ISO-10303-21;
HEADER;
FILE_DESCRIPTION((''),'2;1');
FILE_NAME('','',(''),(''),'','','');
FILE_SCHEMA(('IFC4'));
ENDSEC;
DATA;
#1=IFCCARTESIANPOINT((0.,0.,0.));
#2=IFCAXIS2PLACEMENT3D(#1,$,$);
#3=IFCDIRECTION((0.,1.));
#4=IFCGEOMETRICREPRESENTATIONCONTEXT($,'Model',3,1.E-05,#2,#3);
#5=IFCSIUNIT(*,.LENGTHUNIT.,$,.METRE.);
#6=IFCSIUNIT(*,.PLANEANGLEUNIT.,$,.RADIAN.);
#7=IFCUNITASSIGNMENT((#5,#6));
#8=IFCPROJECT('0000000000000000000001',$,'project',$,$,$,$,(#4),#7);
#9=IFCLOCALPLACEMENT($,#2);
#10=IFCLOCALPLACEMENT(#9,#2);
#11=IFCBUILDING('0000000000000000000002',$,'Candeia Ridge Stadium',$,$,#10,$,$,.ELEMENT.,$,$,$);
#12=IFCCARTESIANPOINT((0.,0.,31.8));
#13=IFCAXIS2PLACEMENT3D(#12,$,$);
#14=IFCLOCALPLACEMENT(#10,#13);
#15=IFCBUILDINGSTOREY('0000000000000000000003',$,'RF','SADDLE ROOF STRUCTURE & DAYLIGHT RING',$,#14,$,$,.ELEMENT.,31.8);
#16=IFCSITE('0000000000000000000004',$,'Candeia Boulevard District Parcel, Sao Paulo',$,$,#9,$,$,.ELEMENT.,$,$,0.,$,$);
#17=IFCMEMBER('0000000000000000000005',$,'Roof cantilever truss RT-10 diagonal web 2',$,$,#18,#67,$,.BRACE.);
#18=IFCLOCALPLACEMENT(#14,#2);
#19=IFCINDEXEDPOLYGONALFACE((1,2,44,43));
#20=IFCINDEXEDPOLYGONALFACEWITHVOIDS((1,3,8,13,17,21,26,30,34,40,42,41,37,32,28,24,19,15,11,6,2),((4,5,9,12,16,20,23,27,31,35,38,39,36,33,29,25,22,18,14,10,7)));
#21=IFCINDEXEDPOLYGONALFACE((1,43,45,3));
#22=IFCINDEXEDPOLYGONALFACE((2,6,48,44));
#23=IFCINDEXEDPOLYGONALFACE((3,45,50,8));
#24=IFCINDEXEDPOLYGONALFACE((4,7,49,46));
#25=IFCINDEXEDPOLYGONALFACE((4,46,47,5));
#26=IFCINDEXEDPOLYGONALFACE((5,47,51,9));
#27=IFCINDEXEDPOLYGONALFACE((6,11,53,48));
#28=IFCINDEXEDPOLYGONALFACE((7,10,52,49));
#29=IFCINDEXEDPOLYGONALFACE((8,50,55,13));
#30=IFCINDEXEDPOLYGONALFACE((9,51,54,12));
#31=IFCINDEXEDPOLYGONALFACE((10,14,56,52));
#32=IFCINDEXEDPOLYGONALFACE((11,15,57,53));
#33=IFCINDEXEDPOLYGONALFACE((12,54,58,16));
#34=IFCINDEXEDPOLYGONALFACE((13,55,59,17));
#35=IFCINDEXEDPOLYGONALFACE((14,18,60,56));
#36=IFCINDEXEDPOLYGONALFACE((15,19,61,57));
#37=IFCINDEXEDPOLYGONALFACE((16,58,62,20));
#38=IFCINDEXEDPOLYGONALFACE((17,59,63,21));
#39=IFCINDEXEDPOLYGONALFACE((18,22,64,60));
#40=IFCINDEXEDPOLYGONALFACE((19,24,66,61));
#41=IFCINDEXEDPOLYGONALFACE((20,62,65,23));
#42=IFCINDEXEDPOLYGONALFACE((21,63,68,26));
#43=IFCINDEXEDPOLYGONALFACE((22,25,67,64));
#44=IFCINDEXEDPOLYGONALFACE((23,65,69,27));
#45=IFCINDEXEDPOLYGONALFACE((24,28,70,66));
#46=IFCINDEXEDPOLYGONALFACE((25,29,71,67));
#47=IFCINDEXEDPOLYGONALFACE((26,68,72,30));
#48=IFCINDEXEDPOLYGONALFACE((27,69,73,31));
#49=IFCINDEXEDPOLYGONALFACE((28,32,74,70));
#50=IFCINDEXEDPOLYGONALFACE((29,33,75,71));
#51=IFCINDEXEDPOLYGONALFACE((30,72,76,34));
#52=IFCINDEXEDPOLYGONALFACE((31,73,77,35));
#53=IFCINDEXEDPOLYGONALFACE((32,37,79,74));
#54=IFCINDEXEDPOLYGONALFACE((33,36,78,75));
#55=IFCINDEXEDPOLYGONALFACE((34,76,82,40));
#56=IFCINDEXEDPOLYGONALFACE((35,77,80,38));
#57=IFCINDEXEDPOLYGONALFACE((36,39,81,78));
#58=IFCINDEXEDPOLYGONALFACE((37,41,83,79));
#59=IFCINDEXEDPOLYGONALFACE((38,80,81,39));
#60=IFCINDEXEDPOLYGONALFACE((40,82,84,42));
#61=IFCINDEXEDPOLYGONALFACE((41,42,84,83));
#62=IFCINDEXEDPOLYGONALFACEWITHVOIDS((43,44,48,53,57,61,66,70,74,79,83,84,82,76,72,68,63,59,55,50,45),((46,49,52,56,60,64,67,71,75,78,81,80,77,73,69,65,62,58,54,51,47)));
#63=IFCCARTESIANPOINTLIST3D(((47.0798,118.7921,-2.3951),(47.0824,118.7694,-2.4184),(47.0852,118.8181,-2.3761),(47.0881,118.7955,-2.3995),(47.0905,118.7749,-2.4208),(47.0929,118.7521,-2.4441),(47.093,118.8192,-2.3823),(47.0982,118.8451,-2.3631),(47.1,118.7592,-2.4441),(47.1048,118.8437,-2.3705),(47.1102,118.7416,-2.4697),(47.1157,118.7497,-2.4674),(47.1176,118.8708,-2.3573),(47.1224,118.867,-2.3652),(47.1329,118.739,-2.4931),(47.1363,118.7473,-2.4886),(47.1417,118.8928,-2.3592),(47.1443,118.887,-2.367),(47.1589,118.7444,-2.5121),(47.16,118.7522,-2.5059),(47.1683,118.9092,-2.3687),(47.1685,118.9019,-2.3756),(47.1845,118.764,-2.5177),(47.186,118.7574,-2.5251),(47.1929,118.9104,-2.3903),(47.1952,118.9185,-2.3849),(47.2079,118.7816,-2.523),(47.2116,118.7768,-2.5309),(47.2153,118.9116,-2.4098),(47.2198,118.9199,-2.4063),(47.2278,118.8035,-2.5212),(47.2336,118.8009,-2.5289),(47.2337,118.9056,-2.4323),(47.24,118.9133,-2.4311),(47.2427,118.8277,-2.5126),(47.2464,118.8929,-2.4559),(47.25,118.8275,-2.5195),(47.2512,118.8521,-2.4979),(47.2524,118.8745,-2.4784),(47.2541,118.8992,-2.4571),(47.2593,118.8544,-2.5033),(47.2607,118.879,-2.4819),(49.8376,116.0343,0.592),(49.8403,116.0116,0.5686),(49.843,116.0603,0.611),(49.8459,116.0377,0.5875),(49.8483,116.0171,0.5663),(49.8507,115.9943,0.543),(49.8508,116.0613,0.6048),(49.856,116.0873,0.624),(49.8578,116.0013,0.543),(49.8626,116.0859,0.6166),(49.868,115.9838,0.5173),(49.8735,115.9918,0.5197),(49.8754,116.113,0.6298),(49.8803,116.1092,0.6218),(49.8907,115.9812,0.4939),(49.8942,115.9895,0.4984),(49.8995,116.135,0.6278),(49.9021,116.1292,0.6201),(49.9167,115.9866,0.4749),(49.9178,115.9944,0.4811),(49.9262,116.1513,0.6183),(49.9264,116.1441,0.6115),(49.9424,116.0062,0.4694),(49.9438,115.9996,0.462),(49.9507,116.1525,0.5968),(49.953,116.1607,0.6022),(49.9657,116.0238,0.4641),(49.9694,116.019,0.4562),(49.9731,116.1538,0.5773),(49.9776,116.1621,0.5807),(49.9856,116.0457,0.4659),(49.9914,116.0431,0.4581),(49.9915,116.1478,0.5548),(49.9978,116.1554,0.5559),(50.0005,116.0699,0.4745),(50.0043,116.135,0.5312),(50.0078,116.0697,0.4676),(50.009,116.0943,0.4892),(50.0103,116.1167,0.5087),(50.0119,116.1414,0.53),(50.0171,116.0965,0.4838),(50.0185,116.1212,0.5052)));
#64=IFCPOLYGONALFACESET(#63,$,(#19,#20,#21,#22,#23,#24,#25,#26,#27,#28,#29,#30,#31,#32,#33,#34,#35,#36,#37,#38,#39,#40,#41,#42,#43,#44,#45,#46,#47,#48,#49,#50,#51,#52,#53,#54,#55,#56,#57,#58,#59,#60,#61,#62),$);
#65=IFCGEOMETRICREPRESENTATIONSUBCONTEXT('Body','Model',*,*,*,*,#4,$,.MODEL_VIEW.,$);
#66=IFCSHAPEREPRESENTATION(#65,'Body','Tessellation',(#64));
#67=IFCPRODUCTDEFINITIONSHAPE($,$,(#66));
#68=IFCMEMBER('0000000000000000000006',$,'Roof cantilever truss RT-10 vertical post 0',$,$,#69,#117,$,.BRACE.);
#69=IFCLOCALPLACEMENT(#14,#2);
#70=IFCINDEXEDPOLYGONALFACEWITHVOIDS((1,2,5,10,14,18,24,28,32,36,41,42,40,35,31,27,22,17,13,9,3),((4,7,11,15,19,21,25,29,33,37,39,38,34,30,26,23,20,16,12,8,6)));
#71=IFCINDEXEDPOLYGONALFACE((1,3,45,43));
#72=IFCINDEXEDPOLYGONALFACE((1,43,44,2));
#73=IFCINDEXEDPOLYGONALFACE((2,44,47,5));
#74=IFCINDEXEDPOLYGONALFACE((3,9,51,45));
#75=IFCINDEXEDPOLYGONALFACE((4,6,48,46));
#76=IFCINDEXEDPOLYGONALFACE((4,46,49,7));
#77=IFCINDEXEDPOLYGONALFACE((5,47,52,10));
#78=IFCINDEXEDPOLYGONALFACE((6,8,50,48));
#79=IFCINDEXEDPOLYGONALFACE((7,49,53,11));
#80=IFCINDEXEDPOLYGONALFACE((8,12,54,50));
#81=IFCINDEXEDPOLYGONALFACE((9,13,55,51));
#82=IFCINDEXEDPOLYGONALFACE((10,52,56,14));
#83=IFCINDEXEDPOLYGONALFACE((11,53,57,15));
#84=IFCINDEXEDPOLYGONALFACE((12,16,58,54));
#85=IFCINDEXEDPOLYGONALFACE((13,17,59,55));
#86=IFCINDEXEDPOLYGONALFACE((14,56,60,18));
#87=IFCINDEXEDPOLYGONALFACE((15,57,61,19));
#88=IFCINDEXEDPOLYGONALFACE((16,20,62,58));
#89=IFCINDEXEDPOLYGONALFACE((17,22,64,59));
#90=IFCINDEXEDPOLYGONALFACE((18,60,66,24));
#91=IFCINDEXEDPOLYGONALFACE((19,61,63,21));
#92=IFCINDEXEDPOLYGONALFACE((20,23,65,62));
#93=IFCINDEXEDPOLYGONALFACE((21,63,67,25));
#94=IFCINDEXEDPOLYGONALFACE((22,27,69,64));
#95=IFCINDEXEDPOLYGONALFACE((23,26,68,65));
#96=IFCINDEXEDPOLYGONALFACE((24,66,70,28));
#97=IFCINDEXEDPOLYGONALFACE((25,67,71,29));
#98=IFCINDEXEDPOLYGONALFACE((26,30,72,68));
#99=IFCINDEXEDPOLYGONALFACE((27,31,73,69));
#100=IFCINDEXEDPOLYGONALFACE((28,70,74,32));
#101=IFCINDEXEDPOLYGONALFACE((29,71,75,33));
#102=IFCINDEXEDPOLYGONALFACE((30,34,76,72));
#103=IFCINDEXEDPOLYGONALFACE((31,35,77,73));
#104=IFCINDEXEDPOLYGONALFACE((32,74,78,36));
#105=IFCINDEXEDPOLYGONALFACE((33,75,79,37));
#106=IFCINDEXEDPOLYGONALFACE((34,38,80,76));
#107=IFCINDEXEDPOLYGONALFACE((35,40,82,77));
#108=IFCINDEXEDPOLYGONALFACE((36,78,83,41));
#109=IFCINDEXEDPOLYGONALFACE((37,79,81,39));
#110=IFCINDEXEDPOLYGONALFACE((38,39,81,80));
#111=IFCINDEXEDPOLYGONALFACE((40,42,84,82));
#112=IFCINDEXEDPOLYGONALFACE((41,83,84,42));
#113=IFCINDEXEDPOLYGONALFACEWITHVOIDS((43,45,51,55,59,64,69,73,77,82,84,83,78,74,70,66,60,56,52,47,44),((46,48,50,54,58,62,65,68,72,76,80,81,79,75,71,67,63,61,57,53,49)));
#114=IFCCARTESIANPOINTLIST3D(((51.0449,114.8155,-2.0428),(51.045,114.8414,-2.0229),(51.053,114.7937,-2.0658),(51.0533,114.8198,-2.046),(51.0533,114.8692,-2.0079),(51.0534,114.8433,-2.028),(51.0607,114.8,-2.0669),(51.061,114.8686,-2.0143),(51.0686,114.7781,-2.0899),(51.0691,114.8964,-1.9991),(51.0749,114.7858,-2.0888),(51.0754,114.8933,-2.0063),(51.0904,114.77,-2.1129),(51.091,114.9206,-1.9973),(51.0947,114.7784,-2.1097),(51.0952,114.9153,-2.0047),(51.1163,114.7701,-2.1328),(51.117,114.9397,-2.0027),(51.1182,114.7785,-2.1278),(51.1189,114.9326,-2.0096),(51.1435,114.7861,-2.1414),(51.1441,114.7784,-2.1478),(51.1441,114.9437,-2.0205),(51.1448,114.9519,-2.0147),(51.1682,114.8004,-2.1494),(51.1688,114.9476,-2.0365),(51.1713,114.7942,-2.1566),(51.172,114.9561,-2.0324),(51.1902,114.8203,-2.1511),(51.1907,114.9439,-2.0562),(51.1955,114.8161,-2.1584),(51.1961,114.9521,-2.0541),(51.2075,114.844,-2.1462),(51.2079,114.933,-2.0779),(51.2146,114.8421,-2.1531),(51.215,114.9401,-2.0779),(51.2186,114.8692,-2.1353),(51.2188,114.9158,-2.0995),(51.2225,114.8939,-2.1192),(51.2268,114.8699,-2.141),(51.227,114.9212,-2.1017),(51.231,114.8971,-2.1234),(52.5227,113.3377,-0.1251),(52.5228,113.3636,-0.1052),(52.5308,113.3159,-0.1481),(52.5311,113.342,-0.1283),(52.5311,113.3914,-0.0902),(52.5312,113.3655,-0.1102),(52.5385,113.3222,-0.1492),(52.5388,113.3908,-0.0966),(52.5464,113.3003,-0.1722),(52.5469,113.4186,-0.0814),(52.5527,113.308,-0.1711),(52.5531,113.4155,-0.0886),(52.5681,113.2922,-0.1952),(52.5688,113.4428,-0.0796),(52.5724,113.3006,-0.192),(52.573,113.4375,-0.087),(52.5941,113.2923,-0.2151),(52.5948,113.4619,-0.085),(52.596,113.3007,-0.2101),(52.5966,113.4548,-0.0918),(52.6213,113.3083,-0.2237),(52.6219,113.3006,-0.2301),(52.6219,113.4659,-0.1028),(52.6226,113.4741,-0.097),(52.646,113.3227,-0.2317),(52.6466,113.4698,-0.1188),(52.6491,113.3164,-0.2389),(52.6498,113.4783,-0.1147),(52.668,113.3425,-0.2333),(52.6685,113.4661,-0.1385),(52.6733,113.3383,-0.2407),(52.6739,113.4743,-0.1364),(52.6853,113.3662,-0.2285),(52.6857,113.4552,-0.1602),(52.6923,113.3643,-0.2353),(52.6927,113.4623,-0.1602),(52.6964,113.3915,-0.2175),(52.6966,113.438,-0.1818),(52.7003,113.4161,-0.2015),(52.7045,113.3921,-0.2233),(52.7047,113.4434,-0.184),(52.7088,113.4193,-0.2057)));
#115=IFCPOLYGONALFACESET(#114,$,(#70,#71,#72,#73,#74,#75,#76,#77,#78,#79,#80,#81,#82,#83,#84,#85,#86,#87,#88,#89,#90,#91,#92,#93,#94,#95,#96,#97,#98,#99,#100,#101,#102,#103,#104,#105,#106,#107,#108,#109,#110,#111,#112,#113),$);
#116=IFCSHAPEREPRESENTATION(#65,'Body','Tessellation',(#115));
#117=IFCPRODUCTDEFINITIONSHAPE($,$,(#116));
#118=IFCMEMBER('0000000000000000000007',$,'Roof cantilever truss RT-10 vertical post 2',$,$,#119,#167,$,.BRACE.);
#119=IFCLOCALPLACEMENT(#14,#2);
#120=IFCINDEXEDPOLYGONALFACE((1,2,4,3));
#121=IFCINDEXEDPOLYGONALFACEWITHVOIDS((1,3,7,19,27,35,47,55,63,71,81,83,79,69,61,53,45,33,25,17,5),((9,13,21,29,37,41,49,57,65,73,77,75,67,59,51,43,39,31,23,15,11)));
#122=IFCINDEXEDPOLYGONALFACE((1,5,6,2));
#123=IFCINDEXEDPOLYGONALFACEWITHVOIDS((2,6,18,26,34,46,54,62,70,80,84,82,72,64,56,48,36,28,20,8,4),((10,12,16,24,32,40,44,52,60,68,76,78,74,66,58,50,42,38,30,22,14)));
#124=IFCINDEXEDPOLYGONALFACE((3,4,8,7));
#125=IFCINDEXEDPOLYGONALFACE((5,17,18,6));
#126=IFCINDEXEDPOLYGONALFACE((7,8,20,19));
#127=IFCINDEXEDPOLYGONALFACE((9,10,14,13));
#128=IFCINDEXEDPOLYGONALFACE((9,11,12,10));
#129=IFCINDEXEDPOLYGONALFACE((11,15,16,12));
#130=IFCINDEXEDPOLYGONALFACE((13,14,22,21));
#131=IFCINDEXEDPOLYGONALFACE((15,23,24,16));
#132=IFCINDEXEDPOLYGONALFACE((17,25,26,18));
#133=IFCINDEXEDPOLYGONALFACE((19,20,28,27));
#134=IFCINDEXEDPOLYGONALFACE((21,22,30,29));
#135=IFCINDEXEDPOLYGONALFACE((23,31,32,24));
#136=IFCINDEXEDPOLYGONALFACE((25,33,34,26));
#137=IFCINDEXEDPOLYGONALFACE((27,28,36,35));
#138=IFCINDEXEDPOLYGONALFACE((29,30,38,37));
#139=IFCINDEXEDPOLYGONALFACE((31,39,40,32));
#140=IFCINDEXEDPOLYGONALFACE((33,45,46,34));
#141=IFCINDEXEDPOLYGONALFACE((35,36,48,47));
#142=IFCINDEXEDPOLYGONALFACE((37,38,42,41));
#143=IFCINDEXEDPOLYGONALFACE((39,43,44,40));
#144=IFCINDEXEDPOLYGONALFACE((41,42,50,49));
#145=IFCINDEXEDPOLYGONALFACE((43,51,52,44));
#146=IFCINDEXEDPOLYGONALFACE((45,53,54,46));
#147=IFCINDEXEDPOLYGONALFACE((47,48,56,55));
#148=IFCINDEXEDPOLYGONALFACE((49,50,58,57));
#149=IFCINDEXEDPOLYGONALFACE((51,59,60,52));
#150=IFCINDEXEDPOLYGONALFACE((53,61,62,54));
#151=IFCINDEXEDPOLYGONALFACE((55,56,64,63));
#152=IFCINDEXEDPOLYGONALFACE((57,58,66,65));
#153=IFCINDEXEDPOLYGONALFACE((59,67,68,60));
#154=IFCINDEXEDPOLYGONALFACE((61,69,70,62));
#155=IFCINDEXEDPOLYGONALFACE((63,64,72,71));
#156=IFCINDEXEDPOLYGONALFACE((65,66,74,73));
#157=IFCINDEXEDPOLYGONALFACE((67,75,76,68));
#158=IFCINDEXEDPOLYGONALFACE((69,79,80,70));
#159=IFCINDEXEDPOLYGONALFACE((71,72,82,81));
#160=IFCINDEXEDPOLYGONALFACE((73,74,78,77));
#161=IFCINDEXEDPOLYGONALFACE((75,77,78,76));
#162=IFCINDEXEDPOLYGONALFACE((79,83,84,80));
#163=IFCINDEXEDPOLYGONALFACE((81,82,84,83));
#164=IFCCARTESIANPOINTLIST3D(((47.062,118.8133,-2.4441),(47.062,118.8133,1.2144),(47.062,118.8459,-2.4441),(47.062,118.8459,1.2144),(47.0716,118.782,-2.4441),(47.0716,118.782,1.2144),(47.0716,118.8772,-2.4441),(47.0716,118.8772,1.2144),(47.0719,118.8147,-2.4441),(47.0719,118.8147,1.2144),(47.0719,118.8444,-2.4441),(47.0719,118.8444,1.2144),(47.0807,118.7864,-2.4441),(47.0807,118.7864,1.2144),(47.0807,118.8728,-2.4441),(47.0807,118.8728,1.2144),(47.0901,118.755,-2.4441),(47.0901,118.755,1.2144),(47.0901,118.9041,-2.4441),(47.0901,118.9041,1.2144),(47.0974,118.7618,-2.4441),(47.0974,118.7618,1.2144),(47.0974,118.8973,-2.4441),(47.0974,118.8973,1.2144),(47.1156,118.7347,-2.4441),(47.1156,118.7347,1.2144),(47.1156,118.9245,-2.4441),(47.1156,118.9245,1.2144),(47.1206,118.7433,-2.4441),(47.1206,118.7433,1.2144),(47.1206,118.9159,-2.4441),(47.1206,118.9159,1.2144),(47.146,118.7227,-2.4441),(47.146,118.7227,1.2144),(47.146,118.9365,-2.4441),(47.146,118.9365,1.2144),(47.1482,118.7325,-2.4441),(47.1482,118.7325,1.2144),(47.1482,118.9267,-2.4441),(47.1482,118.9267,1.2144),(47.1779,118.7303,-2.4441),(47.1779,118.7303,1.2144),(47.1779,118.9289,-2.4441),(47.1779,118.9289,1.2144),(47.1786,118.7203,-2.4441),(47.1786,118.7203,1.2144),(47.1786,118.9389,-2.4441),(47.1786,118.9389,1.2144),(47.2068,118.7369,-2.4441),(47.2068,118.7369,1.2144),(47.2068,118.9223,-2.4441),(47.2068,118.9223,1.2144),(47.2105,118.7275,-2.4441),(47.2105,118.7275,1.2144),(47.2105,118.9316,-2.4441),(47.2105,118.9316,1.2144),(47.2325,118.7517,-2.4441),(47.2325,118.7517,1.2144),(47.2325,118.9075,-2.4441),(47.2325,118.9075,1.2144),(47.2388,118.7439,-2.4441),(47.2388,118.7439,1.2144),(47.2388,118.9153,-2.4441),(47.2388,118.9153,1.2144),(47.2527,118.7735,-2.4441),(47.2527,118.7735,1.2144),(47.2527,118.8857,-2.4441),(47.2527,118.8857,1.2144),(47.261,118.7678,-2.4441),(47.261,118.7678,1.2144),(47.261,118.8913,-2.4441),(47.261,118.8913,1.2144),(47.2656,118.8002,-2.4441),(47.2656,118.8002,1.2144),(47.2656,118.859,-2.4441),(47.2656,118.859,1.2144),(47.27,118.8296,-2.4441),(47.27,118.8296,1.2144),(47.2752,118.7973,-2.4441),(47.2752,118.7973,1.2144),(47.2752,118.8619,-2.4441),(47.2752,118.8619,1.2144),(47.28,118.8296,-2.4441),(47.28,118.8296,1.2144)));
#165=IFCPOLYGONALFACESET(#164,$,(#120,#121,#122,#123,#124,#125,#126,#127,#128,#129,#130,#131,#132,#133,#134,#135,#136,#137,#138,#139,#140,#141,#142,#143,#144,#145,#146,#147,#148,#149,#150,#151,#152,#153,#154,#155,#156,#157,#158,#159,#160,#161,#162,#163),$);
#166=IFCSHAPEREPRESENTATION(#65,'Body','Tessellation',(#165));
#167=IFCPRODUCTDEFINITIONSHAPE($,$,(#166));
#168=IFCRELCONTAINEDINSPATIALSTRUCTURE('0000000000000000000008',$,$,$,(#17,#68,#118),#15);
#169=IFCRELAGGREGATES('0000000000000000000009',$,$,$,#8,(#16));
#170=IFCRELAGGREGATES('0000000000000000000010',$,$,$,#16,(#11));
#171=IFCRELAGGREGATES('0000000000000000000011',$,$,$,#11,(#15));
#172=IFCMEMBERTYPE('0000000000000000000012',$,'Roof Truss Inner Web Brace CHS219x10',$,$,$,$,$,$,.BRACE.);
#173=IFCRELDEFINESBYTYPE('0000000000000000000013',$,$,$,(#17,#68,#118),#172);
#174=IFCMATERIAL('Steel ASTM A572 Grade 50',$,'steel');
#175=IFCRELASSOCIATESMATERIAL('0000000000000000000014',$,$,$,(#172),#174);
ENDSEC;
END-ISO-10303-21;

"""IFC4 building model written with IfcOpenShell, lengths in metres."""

from ifc_helpers import new_model, si_unit, direction, frame, origin, origin_2d, place, context, subcontext, project, spatial, hollow_circle, extrude, material, material_profile, profile_set, type_object, element, save


model = new_model("IFC4")

# Units and contexts
model_context = context("Model", 3, precision=1e-05, world=origin(), true_north=direction((0.0, 1.0)))
body_context = subcontext(model_context, "Body", "Model", "MODEL_VIEW")
ifc_project = project(units=[si_unit("LENGTHUNIT", "METRE"), si_unit("PLANEANGLEUNIT", "RADIAN")], contexts=[model_context])

# Site, building, storey
site_placement = place(None, origin())
site = spatial("IfcSite", under=ifc_project, at=site_placement, Name="Candeia Boulevard District Parcel, Sao Paulo", CompositionType="ELEMENT", RefElevation=0.0)
building_placement = place(site_placement, origin())
building = spatial("IfcBuilding", under=site, at=building_placement, Name="Candeia Ridge Stadium", CompositionType="ELEMENT")
storey_placement = place(building_placement, frame((0.0, 0.0, 31.8)))
storey = spatial("IfcBuildingStorey", under=building, at=storey_placement, Name="RF", Description="SADDLE ROOF STRUCTURE & DAYLIGHT RING", CompositionType="ELEMENT", Elevation=31.8)

# Shared definitions
ifc_material_1 = material(Name="Steel ASTM A572 Grade 50", Category="steel")

# Members
ifc_material_profile_1 = material_profile(ifc_material_1, hollow_circle(Radius=0.1096, WallThickness=0.01, at=origin_2d()), Name="CHS219x10", Category="steel")
ifc_profile_set_1 = profile_set([ifc_material_profile_1], Name="Steel ASTM A572 Grade 50")
member_type_1 = type_object("IfcMemberType", Name="Roof Truss Inner Web Brace CHS219x10", PredefinedType="BRACE", material=ifc_profile_set_1)
member_1_placement = place(storey_placement, frame((49.9282, 116.0718, 0.543), z_axis=(-0.561376, 0.561376, -0.608041), x_axis=(-0.707107, -0.707107, 0.0)))
element("IfcMember", 1, at=member_1_placement, inside=storey, type_object=member_type_1, Name="Roof cantilever truss RT-10 diagonal web 2", PredefinedType="BRACE", context=body_context, shape_type="SweptSolid", body=[
    extrude(hollow_circle(Radius=0.1096, WallThickness=0.01, at=origin_2d()), origin(), (0.0, 0.0, 1.0), 4.9126),
])
member_2_placement = place(storey_placement, frame((51.1375, 114.8625, -2.0779), z_axis=(0.521001, -0.521001, 0.676104), x_axis=(0.707107, 0.707107, 0.0)))
element("IfcMember", 2, at=member_2_placement, inside=storey, type_object=member_type_1, Name="Roof cantilever truss RT-10 vertical post 0", PredefinedType="BRACE", context=body_context, shape_type="SweptSolid", body=[
    extrude(hollow_circle(Radius=0.1096, WallThickness=0.01, at=origin_2d()), origin(), (0.0, 0.0, 1.0), 2.8364),
])
for number, where, z_axis, x_axis, name in (
    (3, (47.1704, 118.8296, -2.4441), (0.0, 0.0, 1.0), (1.0, 0.0, 0.0), "Roof cantilever truss RT-10 vertical post 2"),
):
    element("IfcMember", number, at=place(storey_placement, frame(where, z_axis=z_axis, x_axis=x_axis)), inside=storey, type_object=member_type_1, Name=name, PredefinedType="BRACE", context=body_context, shape_type="SweptSolid", body=[
        extrude(hollow_circle(Radius=0.1096, WallThickness=0.01, at=origin_2d()), origin(), (0.0, 0.0, 1.0), 3.6584),
    ])

save(model, "model.ifc")
